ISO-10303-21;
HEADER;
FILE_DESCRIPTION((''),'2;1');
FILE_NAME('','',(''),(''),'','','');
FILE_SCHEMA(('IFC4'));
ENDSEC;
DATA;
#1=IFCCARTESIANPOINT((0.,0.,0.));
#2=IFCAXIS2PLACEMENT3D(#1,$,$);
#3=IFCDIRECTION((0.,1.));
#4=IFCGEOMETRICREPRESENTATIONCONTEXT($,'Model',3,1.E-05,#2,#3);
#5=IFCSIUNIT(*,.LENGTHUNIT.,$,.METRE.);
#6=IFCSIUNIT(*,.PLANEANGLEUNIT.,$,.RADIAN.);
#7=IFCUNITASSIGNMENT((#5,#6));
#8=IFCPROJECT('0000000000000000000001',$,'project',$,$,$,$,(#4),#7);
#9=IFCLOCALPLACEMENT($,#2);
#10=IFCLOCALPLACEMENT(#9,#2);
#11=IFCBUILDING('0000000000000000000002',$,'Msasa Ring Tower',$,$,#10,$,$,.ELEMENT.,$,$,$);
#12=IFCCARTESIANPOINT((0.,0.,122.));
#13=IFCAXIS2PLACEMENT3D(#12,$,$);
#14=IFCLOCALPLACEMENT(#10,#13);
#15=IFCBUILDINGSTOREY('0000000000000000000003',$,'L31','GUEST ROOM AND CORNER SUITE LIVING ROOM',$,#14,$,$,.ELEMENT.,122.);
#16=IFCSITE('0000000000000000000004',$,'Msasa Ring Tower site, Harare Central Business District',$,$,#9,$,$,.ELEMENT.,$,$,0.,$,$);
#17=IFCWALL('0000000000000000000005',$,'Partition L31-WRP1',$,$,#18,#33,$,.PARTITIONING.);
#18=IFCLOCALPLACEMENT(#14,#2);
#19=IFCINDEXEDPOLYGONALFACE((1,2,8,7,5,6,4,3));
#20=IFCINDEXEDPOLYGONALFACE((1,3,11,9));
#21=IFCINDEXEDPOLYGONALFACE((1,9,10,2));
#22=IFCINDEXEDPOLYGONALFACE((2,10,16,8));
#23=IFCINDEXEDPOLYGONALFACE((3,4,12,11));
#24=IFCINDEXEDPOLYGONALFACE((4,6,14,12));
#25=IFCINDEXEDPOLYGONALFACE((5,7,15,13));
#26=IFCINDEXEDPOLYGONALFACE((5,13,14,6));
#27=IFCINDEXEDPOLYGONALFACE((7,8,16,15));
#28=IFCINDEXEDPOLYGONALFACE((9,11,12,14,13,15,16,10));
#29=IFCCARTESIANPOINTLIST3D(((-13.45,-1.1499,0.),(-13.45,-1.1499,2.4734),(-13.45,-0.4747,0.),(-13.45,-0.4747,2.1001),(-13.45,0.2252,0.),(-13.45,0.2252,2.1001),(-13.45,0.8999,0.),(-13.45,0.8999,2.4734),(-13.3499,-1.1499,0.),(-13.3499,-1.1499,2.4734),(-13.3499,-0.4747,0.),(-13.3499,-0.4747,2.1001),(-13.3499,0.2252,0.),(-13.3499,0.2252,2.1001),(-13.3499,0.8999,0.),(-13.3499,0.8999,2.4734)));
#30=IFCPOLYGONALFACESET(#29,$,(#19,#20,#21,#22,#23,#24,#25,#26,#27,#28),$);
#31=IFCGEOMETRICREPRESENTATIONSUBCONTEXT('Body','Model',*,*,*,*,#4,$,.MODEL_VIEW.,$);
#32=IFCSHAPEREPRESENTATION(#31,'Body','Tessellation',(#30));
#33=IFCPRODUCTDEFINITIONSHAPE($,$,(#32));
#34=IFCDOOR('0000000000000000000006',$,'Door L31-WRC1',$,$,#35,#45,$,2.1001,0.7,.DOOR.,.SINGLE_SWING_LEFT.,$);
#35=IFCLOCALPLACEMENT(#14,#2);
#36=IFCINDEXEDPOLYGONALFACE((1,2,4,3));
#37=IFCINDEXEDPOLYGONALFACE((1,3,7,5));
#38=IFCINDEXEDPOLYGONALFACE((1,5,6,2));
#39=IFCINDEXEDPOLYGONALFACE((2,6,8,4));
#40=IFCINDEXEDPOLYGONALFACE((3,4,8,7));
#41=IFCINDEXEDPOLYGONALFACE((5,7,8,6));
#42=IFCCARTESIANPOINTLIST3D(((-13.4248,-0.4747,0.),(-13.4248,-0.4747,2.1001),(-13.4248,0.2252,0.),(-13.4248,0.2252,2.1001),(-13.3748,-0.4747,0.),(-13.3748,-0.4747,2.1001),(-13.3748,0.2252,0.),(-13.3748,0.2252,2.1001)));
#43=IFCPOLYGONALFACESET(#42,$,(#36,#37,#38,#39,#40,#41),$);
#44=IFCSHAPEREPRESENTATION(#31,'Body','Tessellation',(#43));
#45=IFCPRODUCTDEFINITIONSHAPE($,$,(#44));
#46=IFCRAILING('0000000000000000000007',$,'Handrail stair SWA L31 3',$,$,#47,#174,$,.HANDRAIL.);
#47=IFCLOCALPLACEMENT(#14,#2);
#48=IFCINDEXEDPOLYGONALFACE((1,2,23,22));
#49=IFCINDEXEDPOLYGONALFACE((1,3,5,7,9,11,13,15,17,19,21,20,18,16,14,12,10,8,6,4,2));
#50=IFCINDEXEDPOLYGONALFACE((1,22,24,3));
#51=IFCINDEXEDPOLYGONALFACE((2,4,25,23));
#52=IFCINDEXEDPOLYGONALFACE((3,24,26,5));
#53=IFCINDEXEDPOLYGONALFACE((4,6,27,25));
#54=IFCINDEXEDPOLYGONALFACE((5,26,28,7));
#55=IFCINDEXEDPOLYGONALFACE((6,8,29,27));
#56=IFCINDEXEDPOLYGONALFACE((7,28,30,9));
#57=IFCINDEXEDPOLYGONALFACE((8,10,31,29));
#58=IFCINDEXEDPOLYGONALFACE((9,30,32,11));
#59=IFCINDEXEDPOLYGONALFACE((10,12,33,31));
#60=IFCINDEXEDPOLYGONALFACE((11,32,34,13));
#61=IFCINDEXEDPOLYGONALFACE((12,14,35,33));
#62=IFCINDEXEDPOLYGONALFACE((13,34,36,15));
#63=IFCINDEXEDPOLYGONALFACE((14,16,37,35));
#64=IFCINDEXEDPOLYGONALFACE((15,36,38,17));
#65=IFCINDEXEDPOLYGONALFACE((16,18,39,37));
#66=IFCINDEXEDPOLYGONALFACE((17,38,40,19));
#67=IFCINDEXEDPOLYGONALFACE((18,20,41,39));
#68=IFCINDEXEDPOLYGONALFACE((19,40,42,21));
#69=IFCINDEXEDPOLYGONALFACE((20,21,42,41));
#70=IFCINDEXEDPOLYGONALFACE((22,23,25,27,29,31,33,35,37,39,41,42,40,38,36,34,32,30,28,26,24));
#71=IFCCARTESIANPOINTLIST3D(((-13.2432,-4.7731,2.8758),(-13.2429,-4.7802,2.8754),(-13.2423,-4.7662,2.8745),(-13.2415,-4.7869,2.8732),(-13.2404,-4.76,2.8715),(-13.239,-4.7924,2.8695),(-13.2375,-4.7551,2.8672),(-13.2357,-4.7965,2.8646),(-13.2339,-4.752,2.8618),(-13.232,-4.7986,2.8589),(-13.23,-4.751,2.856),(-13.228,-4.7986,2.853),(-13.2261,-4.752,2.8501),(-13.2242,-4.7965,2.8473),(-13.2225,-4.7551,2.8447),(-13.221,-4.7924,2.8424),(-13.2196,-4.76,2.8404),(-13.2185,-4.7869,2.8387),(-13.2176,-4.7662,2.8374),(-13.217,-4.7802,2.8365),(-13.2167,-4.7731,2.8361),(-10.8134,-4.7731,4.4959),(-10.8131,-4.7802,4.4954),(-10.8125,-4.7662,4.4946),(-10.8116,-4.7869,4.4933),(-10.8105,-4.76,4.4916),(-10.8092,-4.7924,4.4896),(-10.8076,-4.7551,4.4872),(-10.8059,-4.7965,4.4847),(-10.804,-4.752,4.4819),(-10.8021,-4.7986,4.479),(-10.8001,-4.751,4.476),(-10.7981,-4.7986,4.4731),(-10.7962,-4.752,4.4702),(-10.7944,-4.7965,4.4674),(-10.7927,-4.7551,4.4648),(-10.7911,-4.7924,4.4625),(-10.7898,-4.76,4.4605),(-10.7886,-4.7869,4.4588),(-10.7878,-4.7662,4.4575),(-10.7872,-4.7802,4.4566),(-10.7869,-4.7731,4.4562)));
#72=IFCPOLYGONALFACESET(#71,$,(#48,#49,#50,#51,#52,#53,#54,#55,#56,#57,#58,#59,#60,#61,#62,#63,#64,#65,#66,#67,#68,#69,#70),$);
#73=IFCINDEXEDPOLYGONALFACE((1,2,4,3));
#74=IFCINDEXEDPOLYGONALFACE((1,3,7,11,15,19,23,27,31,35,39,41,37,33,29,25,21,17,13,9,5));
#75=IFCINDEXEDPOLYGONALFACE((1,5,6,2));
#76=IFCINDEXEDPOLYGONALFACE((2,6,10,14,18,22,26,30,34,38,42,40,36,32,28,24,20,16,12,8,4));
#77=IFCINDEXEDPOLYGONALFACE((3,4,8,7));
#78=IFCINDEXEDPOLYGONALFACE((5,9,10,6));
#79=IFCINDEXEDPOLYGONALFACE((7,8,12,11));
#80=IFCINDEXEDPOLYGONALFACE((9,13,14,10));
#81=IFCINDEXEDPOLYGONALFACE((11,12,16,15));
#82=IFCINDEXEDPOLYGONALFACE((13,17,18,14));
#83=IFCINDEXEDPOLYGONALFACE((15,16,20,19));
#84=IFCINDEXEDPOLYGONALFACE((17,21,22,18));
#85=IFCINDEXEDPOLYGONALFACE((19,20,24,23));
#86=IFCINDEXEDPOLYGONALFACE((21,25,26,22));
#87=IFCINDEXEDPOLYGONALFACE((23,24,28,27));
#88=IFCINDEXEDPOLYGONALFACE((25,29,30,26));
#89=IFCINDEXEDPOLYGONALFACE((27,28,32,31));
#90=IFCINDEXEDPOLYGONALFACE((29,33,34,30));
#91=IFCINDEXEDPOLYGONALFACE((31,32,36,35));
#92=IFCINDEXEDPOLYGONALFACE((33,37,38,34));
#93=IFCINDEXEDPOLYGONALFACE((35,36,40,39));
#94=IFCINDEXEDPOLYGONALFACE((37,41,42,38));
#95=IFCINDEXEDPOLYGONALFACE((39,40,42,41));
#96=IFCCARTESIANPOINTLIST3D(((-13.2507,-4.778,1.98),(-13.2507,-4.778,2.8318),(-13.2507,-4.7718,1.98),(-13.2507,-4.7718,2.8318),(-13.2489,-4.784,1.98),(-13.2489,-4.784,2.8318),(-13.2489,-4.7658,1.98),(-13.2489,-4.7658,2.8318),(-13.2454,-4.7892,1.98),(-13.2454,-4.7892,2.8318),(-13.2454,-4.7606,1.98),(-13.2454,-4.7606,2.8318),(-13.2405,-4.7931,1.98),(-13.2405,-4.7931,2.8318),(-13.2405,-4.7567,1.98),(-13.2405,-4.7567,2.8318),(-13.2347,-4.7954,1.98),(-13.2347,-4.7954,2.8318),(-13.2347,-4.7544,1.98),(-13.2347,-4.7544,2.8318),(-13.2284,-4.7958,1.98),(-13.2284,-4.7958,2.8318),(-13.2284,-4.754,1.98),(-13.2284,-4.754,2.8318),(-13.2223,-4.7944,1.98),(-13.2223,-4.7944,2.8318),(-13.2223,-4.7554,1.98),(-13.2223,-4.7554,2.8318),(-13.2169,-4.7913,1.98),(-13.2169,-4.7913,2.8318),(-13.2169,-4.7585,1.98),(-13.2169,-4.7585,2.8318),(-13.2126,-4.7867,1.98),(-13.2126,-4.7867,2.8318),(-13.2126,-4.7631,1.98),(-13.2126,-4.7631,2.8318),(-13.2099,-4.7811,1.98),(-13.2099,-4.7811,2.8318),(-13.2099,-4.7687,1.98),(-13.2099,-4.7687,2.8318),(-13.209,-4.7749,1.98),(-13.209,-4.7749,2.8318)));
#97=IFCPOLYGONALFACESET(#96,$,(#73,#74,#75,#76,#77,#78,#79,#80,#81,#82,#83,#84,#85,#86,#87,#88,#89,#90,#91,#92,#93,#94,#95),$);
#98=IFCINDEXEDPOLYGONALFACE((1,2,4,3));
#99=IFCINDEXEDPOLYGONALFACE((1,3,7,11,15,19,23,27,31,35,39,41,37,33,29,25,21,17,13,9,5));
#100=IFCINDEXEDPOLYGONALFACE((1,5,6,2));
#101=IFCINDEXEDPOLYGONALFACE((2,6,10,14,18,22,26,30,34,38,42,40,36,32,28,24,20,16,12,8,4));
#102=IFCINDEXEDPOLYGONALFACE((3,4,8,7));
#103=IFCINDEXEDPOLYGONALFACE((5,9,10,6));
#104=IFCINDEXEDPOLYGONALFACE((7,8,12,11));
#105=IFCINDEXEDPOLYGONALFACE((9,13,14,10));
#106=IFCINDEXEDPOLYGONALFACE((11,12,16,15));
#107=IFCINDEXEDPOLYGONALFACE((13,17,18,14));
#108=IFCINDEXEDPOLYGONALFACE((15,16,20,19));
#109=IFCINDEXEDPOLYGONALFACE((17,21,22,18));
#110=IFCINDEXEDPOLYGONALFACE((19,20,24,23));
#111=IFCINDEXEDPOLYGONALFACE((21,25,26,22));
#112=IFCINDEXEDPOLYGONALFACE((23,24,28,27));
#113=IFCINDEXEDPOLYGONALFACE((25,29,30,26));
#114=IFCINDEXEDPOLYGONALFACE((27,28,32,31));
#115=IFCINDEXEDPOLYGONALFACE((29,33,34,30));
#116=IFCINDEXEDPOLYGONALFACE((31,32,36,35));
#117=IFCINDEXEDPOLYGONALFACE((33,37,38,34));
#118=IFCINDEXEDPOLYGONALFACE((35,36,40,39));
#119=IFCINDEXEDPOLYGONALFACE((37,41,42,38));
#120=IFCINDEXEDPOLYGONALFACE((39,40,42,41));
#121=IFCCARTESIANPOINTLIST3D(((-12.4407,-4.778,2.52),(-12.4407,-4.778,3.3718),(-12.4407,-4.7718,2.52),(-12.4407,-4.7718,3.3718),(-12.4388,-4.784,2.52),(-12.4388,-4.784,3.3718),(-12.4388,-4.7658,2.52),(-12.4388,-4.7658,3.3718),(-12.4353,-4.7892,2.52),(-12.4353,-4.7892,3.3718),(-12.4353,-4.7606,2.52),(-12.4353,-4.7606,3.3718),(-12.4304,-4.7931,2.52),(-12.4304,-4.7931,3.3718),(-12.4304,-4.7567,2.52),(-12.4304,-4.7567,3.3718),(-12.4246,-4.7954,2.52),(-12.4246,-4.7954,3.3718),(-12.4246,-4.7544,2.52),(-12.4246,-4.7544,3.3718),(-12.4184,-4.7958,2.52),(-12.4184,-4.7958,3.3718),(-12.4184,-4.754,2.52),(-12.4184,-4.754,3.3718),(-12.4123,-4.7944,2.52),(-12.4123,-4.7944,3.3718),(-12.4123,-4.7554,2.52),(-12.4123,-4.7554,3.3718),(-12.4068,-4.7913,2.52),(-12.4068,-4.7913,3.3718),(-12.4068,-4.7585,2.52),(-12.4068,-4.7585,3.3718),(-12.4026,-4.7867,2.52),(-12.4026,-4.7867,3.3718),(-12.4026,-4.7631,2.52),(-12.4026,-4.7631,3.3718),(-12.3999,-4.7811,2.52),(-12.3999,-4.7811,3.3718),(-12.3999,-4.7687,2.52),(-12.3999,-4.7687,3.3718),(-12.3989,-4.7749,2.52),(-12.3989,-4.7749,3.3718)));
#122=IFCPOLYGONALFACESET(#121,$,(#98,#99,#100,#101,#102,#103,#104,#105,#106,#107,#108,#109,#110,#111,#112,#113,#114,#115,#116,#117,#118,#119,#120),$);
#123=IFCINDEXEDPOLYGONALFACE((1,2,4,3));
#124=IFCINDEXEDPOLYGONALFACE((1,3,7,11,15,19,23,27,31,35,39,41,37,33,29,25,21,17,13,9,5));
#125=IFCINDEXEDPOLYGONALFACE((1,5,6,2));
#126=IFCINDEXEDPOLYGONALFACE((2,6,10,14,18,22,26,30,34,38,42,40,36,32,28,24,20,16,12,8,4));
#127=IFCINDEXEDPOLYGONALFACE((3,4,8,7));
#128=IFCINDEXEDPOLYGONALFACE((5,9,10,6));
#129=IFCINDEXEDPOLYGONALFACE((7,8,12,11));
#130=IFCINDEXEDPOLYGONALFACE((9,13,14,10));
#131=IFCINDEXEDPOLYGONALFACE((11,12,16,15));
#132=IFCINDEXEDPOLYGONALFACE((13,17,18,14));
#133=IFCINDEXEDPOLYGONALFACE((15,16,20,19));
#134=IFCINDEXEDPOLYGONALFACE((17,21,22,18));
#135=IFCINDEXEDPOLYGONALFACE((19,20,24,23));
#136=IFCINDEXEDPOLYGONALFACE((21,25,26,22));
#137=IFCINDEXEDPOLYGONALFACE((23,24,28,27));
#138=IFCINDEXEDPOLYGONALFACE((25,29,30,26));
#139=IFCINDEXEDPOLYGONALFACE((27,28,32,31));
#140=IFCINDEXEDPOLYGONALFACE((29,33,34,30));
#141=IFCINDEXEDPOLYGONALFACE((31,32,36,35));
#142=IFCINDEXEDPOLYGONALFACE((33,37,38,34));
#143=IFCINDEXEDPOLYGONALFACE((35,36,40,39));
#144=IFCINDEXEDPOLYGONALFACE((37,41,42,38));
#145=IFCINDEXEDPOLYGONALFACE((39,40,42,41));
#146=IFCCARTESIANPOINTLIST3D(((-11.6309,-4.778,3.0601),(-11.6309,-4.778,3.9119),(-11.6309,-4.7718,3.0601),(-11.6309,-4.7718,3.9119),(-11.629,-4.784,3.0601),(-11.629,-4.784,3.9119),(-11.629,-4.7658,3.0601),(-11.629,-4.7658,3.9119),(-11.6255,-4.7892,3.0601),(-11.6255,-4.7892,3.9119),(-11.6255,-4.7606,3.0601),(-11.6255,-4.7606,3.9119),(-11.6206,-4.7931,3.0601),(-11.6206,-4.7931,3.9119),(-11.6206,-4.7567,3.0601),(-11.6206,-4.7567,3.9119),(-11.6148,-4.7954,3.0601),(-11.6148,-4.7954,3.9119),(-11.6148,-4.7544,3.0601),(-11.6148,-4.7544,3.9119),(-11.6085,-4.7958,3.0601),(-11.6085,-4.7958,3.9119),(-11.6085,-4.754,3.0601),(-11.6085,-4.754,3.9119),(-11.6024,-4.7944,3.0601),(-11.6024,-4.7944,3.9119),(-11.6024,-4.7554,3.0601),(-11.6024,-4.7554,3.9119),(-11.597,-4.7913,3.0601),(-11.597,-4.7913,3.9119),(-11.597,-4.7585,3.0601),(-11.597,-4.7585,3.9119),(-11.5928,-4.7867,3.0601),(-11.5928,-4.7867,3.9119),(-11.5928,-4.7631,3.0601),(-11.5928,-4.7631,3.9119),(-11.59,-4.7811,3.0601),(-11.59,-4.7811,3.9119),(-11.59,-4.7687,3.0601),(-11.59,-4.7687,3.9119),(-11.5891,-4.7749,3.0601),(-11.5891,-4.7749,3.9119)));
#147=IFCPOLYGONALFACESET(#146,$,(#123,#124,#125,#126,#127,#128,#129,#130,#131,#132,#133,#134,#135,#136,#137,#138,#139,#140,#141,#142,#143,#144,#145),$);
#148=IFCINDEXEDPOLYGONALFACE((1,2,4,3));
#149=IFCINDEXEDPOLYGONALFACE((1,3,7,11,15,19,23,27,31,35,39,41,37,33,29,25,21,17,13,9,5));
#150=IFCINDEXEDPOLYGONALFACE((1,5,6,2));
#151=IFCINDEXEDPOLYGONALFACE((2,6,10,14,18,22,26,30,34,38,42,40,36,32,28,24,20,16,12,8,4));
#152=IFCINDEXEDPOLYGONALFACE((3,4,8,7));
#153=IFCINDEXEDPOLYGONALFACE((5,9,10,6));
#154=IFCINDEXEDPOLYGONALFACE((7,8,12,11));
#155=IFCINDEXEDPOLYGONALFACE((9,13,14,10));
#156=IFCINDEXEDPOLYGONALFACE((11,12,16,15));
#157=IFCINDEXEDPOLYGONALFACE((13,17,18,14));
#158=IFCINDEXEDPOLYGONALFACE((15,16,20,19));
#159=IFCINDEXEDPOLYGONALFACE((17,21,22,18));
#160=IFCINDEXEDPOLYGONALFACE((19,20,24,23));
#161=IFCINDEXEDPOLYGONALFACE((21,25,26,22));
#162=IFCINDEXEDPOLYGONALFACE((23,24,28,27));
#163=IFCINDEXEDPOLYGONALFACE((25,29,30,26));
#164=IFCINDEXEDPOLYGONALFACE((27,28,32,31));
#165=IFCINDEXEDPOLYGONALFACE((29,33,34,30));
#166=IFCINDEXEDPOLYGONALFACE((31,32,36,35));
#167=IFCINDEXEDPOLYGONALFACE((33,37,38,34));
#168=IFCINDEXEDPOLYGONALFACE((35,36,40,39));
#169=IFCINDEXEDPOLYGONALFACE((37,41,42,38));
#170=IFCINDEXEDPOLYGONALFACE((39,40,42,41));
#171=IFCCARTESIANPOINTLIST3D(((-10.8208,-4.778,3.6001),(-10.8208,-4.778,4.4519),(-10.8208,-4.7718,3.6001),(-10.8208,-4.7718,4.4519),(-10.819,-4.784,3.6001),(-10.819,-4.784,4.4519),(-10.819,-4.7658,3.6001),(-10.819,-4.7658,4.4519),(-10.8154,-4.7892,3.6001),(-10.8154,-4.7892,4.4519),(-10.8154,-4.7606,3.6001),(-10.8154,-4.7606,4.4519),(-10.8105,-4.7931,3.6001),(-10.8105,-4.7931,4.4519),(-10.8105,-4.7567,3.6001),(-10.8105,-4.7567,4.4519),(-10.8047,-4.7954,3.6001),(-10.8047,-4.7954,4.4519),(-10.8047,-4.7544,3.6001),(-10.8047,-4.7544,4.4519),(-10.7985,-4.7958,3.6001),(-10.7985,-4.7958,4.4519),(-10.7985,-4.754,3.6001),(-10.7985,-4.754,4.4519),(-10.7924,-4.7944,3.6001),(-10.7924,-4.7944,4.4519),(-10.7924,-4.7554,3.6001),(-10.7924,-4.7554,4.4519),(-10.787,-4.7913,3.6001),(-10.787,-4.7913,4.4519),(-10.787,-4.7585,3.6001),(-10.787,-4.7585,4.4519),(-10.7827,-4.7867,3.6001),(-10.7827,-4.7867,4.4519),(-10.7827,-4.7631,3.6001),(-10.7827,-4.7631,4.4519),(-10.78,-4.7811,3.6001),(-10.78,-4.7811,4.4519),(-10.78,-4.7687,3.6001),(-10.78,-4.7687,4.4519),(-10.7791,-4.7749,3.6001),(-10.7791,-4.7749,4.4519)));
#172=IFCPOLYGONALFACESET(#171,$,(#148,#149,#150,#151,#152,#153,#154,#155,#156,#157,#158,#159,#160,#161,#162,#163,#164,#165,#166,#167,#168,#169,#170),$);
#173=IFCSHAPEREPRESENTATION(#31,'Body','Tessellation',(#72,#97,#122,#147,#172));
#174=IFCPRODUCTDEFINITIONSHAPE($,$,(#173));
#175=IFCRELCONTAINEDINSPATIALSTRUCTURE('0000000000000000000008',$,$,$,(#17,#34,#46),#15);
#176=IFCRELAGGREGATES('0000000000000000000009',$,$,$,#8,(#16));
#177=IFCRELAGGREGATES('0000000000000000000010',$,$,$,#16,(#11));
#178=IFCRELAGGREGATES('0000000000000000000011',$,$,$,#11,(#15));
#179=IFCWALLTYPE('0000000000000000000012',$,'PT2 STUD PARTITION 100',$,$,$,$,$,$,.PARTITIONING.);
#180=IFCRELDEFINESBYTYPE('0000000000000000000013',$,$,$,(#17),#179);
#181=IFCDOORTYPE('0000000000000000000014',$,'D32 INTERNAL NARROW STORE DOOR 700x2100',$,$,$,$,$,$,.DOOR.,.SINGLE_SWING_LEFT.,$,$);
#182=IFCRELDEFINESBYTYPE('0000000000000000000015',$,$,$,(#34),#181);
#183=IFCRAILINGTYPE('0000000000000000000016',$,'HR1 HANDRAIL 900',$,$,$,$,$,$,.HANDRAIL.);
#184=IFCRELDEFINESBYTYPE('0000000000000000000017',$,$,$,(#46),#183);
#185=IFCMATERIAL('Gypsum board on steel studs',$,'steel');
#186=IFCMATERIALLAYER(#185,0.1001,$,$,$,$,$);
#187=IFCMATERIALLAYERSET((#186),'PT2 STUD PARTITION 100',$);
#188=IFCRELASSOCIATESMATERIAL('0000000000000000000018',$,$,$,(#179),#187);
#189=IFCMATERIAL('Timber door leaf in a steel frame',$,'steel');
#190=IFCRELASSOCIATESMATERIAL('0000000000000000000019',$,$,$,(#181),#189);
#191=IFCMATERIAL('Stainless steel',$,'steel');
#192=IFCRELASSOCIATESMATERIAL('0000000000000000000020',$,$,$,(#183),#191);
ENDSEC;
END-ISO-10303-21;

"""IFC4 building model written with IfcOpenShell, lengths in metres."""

from ifc_helpers import new_model, si_unit, direction, frame, frame_2d, origin, origin_2d, place, context, subcontext, project, spatial, rectangle, circle, extrude, material, layer, layer_set, type_object, element, fill, save


model = new_model("IFC4")

# Units and contexts
model_context = context("Model", 3, precision=1e-05, world=origin(), true_north=direction((0.0, 1.0)))
body_context = subcontext(model_context, "Body", "Model", "MODEL_VIEW")
ifc_project = project(units=[si_unit("LENGTHUNIT", "METRE"), si_unit("PLANEANGLEUNIT", "RADIAN")], contexts=[model_context])

# Site, building, storey
site_placement = place(None, origin())
site = spatial("IfcSite", under=ifc_project, at=site_placement, Name="Msasa Ring Tower site, Harare Central Business District", CompositionType="ELEMENT", RefElevation=0.0)
building_placement = place(site_placement, origin())
building = spatial("IfcBuilding", under=site, at=building_placement, Name="Msasa Ring Tower", CompositionType="ELEMENT")
storey_placement = place(building_placement, frame((0.0, 0.0, 122.0)))
storey = spatial("IfcBuildingStorey", under=building, at=storey_placement, Name="L31", Description="GUEST ROOM AND CORNER SUITE LIVING ROOM", CompositionType="ELEMENT", Elevation=122.0)

# Wall, opening, door
ifc_material_1 = material(Name="Gypsum board on steel studs", Category="steel")
ifc_layer_1 = layer(ifc_material_1, 0.1001)
ifc_layer_set_1 = layer_set([ifc_layer_1], Name="PT2 STUD PARTITION 100")
wall_type_1 = type_object("IfcWallType", Name="PT2 STUD PARTITION 100", PredefinedType="PARTITIONING", material=ifc_layer_set_1)
wall_1_placement = place(storey_placement, frame((-13.3999, -1.1499, 0.0), z_axis=(0.0, 0.0, 1.0), x_axis=(0.0, 1.0, 0.0)))
wall_1 = element("IfcWall", 1, at=wall_1_placement, inside=storey, type_object=wall_type_1, Name="Partition L31-WRP1", PredefinedType="PARTITIONING", context=body_context, shape_type="SweptSolid", body=[
    extrude(rectangle(XDim=2.0498, YDim=0.1001, at=frame_2d((1.0249, 0.0))), origin(), (0.0, 0.0, 1.0), 2.4734),
])
opening_1_placement = place(wall_1_placement, frame((0.675, 0.0, 0.0)))
opening_1 = element("IfcOpeningElement", 2, at=opening_1_placement, cuts=wall_1, PredefinedType="OPENING", context=body_context, shape_type="SweptSolid", body=[
    extrude(rectangle(XDim=0.7, YDim=2.1001, at=frame_2d((0.3501, 1.05))), frame((0.0, 0.0601, 0.0), z_axis=(0.0, -1.0, 0.0), x_axis=(1.0, 0.0, 0.0)), (0.0, 0.0, 1.0), 0.1201),
])
ifc_material_2 = material(Name="Timber door leaf in a steel frame", Category="steel")
door_type = type_object("IfcDoorType", Name="D32 INTERNAL NARROW STORE DOOR 700x2100", OperationType="SINGLE_SWING_LEFT", PredefinedType="DOOR", material=ifc_material_2)
door_placement = place(opening_1_placement, origin())
door = element("IfcDoor", 3, at=door_placement, inside=storey, type_object=door_type, Name="Door L31-WRC1", OperationType="SINGLE_SWING_LEFT", OverallHeight=2.1001, OverallWidth=0.7, PredefinedType="DOOR", context=body_context, shape_type="SweptSolid", body=[
    extrude(rectangle(XDim=0.7, YDim=2.1001, at=frame_2d((0.3501, 1.05))), frame((0.0, 0.0249, 0.0), z_axis=(0.0, -1.0, 0.0), x_axis=(1.0, 0.0, 0.0)), (0.0, 0.0, 1.0), 0.05),
])
fill(opening_1, door)

# Railing
ifc_material_3 = material(Name="Stainless steel", Category="steel")
railing_type = type_object("IfcRailingType", Name="HR1 HANDRAIL 900", PredefinedType="HANDRAIL", material=ifc_material_3)
railing_placement = place(storey_placement, frame((-13.23, -4.7749, 1.98)))
element("IfcRailing", 4, at=railing_placement, inside=storey, type_object=railing_type, Name="Handrail stair SWA L31 3", PredefinedType="HANDRAIL", context=body_context, shape_type="SweptSolid", body=[
    extrude(circle(Radius=0.0239, at=origin_2d()), frame((0.0, 0.0, 0.876), z_axis=(0.832025, 0.0, 0.554739), x_axis=(0.0, 1.0, 0.0)), (0.0, 0.0, 1.0), 2.9204),
    extrude(circle(Radius=0.021, at=origin_2d()), origin(), (0.0, 0.0, 1.0), 0.8518),
    extrude(circle(Radius=0.021, at=origin_2d()), frame((0.8101, 0.0, 0.54)), (0.0, 0.0, 1.0), 0.8518),
    extrude(circle(Radius=0.021, at=origin_2d()), frame((1.6199, 0.0, 1.0801)), (0.0, 0.0, 1.0), 0.8518),
    extrude(circle(Radius=0.021, at=origin_2d()), frame((2.4299, 0.0, 1.6201)), (0.0, 0.0, 1.0), 0.8518),
])

save(model, "model.ifc")
